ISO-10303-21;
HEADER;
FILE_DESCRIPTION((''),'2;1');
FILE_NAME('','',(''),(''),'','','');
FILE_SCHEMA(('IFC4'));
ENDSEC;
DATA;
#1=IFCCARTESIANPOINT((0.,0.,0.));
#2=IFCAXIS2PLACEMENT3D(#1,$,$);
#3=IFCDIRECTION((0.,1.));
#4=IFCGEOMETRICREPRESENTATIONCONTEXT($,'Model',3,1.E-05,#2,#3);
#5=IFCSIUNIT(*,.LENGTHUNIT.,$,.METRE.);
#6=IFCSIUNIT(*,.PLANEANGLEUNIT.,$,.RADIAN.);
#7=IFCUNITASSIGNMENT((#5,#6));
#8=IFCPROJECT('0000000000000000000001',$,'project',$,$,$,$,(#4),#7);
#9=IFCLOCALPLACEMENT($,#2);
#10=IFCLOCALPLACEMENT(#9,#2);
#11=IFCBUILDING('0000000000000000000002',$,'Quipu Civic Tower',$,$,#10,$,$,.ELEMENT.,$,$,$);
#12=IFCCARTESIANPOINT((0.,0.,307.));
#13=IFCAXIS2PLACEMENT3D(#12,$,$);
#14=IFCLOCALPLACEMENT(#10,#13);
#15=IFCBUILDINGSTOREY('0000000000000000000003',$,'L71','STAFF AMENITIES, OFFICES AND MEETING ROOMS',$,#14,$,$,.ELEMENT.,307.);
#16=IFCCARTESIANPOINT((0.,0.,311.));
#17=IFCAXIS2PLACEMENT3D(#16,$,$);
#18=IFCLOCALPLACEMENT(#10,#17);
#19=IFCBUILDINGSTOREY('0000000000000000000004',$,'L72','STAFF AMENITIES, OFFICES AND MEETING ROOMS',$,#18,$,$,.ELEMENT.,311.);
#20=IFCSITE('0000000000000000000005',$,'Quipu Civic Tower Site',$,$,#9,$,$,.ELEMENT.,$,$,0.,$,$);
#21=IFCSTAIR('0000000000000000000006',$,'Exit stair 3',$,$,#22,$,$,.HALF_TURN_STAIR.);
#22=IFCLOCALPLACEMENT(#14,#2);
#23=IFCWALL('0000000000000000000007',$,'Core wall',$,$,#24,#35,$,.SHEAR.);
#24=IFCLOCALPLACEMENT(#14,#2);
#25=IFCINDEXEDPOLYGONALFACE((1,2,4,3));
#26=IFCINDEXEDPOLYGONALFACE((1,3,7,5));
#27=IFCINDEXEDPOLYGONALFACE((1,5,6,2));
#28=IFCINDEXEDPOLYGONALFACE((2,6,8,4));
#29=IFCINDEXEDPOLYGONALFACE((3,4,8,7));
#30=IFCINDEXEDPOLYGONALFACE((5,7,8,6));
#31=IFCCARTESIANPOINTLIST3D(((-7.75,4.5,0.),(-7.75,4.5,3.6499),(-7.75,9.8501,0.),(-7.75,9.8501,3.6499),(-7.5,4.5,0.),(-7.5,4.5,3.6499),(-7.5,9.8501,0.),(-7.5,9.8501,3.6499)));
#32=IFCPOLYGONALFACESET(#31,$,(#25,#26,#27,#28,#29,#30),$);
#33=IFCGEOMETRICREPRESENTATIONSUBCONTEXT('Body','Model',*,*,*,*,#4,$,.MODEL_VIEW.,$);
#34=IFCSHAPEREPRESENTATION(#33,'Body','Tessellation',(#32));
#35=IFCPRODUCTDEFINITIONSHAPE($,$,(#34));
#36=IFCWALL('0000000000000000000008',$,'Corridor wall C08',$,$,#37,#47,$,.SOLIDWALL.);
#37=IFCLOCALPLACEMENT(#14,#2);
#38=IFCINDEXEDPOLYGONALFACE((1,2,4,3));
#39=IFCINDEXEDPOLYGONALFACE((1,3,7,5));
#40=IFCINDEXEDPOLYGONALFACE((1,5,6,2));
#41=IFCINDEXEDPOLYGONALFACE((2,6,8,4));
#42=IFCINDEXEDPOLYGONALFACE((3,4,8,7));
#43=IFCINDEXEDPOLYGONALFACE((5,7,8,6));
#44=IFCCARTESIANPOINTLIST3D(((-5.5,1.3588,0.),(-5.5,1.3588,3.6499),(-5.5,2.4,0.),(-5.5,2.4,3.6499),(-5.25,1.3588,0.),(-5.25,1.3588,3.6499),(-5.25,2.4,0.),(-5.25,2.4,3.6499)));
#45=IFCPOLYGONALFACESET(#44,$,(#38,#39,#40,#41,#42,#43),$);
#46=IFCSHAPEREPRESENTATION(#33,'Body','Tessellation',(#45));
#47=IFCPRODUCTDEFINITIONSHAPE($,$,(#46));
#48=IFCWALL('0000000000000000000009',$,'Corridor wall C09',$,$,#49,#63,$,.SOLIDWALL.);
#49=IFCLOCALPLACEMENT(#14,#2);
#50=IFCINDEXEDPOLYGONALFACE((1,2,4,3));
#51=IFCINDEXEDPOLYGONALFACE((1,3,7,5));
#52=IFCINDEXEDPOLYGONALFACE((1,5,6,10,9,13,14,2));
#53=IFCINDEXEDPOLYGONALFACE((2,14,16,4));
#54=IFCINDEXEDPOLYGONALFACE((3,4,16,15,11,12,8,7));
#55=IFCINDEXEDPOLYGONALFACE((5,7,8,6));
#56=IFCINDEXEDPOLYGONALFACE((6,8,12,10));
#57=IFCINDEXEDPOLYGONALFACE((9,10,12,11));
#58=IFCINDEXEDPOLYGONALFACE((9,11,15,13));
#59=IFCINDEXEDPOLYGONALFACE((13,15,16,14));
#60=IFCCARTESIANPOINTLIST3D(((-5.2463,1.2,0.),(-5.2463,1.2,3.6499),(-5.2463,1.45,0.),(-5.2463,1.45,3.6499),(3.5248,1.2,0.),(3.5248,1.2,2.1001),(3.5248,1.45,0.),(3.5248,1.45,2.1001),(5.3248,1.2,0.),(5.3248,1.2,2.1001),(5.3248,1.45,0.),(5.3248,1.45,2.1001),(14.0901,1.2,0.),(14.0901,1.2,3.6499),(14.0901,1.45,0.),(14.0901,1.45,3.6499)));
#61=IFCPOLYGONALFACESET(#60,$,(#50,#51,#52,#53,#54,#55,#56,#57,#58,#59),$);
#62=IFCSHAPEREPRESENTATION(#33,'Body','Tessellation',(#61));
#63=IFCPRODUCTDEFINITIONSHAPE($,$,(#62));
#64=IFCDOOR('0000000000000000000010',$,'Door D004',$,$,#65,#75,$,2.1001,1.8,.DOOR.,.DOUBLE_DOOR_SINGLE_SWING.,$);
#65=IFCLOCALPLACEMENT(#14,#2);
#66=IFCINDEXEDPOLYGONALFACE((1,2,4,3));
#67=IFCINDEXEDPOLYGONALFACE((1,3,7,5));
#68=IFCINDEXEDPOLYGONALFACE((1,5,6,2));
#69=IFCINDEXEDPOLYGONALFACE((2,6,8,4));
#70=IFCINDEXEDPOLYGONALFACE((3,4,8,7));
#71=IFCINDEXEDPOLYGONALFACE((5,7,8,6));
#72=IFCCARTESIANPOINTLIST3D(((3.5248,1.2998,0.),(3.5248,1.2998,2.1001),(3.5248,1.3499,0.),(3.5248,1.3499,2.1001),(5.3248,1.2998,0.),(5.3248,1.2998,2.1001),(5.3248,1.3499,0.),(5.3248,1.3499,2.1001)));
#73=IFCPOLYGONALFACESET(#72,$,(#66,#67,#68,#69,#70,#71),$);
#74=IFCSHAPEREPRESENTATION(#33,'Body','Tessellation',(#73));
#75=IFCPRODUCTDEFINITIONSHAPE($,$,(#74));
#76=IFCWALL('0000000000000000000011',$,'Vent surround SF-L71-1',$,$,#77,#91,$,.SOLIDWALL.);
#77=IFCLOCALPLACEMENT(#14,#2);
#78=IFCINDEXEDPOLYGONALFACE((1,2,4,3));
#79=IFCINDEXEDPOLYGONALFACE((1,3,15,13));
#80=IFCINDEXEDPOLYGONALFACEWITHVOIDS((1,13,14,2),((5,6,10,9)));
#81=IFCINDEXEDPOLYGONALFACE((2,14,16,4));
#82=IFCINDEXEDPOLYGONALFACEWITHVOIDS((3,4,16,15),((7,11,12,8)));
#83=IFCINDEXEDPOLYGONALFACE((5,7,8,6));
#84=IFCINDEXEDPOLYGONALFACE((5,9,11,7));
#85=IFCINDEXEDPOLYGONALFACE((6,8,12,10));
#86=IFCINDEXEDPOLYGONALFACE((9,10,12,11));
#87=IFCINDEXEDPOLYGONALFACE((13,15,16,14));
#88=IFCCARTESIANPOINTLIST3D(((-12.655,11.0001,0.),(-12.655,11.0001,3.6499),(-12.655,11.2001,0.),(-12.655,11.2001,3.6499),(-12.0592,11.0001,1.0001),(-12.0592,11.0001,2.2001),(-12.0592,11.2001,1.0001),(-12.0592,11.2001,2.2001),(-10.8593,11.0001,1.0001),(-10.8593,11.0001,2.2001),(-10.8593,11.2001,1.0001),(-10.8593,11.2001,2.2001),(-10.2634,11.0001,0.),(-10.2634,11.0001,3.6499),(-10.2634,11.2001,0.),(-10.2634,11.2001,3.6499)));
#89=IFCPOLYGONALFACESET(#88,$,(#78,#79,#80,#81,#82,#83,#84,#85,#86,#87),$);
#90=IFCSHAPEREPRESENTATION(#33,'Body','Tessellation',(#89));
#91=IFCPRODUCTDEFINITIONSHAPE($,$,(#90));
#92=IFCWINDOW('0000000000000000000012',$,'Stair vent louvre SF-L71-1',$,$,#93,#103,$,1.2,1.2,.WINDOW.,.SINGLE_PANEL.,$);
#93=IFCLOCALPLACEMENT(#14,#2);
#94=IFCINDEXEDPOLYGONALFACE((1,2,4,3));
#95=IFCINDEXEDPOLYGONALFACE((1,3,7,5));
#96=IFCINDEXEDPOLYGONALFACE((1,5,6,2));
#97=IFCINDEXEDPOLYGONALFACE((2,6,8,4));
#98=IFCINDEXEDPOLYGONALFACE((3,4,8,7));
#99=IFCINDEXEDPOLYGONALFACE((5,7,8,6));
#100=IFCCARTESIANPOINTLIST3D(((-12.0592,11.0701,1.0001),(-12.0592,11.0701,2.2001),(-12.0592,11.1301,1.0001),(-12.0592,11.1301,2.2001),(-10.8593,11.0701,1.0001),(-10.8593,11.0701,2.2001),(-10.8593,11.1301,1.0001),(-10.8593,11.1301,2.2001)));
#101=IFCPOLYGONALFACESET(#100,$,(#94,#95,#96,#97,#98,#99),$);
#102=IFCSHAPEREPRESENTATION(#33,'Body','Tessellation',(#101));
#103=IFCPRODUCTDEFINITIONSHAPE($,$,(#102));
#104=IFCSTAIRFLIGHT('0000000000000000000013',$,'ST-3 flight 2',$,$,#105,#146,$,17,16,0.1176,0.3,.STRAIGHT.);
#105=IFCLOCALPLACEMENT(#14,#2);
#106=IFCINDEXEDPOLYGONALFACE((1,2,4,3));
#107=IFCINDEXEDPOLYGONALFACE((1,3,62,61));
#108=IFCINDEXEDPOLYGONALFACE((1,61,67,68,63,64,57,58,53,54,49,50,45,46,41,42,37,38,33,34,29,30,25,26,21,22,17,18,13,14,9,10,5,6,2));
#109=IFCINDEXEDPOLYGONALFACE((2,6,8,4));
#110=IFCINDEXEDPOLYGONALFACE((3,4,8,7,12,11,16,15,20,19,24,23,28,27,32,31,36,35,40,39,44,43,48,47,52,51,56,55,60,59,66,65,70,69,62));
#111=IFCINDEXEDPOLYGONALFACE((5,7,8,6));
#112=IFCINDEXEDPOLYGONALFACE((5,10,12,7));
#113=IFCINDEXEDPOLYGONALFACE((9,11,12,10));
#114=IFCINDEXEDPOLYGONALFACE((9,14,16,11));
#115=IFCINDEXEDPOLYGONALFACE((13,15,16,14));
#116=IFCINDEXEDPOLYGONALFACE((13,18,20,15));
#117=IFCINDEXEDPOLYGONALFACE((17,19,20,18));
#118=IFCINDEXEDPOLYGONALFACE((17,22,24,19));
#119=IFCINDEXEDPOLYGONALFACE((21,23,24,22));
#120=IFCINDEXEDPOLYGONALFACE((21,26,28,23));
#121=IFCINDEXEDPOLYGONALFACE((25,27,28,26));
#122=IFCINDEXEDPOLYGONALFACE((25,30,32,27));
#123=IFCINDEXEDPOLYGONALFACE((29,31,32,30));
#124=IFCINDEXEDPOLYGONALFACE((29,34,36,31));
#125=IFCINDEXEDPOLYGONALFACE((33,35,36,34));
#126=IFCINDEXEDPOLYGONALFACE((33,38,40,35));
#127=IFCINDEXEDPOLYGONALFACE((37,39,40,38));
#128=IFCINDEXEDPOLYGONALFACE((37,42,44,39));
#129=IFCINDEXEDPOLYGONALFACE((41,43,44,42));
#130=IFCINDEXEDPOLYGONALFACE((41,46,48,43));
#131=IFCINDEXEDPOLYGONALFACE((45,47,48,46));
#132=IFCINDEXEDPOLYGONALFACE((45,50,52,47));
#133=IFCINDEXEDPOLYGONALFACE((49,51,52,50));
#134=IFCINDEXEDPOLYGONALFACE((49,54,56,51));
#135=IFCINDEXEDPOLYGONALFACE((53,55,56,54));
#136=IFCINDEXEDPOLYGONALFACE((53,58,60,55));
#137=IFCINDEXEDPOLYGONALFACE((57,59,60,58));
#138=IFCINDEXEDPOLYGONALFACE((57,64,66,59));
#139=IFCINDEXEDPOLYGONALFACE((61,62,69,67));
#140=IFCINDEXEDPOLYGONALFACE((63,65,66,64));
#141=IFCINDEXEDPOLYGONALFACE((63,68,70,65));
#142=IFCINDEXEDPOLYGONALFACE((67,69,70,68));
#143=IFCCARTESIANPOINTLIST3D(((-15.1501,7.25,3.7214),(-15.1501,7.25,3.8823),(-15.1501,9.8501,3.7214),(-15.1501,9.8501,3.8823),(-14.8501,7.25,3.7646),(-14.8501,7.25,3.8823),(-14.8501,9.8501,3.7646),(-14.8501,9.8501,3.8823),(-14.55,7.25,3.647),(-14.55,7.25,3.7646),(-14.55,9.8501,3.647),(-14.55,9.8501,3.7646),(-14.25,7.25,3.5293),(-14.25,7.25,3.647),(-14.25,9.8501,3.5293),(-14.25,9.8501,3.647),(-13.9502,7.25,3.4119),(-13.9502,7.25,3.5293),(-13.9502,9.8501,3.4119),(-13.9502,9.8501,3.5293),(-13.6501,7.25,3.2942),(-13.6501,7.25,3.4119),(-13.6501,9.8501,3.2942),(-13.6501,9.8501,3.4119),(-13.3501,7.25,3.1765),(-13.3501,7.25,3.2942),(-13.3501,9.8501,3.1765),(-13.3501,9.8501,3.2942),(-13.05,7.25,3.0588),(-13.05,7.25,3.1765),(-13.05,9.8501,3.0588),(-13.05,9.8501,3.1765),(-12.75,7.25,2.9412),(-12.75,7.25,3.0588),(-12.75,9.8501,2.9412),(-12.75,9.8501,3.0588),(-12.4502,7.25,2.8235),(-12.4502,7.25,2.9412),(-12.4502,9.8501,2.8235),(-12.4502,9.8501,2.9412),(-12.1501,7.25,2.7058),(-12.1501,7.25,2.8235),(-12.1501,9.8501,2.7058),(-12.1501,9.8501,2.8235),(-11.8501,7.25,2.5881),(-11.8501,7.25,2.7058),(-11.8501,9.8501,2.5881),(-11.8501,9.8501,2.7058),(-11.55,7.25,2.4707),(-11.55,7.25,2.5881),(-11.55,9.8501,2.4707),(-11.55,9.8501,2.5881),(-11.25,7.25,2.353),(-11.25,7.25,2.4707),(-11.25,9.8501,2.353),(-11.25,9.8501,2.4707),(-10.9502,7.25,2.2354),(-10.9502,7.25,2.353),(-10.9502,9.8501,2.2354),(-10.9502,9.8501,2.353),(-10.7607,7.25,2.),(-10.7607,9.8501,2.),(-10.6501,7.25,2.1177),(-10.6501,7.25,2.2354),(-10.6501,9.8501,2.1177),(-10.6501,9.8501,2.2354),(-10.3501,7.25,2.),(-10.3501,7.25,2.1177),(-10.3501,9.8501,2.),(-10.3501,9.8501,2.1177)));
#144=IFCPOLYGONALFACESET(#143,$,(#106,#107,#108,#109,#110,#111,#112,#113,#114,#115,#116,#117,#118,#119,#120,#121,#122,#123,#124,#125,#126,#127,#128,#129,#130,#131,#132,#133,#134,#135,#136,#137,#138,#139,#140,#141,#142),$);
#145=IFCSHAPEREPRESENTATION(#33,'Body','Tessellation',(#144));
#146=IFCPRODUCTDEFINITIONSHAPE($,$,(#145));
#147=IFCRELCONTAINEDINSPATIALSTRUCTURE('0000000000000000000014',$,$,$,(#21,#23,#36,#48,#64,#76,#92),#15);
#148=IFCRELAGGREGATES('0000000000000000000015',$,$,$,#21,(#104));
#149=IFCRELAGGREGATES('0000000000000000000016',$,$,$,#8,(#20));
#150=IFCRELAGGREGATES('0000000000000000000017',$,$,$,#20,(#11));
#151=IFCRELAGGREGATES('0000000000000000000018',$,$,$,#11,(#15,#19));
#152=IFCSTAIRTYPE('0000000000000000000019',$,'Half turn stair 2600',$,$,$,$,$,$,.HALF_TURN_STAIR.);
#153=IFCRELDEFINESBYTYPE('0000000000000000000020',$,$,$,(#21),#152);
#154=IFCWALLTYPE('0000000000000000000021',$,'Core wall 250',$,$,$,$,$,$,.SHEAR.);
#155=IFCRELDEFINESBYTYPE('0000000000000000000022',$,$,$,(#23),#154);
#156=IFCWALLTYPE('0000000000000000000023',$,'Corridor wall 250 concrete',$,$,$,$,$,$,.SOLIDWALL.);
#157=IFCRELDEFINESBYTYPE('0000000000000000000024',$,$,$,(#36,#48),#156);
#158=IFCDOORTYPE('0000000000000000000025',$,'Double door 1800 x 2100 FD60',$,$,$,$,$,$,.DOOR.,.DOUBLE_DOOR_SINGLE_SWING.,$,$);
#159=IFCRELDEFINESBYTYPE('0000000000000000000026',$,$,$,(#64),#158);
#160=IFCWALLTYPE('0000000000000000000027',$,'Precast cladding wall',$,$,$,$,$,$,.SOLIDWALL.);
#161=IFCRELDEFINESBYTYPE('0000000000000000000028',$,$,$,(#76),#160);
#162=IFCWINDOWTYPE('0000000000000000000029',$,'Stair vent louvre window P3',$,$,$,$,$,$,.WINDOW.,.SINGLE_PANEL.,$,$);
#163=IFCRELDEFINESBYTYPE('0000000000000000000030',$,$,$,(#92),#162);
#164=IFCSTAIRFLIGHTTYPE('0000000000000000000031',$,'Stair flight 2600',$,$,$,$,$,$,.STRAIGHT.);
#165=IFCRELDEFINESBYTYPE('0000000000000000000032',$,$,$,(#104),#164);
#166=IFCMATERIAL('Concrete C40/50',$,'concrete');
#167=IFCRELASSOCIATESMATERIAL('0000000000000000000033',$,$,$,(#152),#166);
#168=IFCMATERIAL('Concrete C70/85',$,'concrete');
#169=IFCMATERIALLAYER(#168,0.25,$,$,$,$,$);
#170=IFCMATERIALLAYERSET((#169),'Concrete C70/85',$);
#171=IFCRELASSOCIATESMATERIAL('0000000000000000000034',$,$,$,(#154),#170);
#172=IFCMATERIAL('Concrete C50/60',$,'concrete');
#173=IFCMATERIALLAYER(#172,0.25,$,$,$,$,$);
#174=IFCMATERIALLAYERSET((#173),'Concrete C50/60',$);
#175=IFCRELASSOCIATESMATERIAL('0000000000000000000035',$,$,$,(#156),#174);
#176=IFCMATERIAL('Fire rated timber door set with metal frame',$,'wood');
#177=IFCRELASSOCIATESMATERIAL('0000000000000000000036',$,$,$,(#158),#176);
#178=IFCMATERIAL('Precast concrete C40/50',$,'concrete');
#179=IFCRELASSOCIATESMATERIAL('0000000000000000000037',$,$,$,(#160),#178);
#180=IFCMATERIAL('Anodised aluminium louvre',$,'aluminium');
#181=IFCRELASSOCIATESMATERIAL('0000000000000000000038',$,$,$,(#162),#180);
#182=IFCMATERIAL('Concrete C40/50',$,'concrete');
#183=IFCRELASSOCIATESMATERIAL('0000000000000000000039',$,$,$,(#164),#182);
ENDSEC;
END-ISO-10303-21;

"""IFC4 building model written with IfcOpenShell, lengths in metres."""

from ifc_helpers import new_model, si_unit, direction, frame, frame_2d, origin, place, context, subcontext, project, spatial, polyline, rectangle, outline, extrude, material, layer, layer_set, type_object, element, fill, aggregate, save


model = new_model("IFC4")

# Units and contexts
model_context = context("Model", 3, precision=1e-05, world=origin(), true_north=direction((0.0, 1.0)))
body_context = subcontext(model_context, "Body", "Model", "MODEL_VIEW")
ifc_project = project(units=[si_unit("LENGTHUNIT", "METRE"), si_unit("PLANEANGLEUNIT", "RADIAN")], contexts=[model_context])

# Site, building, storey
site_placement = place(None, origin())
site = spatial("IfcSite", under=ifc_project, at=site_placement, Name="Quipu Civic Tower Site", CompositionType="ELEMENT", RefElevation=0.0)
building_placement = place(site_placement, origin())
building = spatial("IfcBuilding", under=site, at=building_placement, Name="Quipu Civic Tower", CompositionType="ELEMENT")
storey_1_placement = place(building_placement, frame((0.0, 0.0, 307.0)))
storey_1 = spatial("IfcBuildingStorey", under=building, at=storey_1_placement, Name="L71", Description="STAFF AMENITIES, OFFICES AND MEETING ROOMS", CompositionType="ELEMENT", Elevation=307.0)

# Shared definitions
storey_2_placement = place(building_placement, frame((0.0, 0.0, 311.0)))
storey_2 = spatial("IfcBuildingStorey", under=building, at=storey_2_placement, Name="L72", Description="STAFF AMENITIES, OFFICES AND MEETING ROOMS", CompositionType="ELEMENT", Elevation=311.0)

# Stair
ifc_material_1 = material(Name="Concrete C40/50", Category="concrete")
stair_type_1 = type_object("IfcStairType", Name="Half turn stair 2600", PredefinedType="HALF_TURN_STAIR", material=ifc_material_1)
stair_1_placement = place(storey_1_placement, origin())
stair_1 = element("IfcStair", 1, at=stair_1_placement, inside=storey_1, type_object=stair_type_1, Name="Exit stair 3", PredefinedType="HALF_TURN_STAIR")

# Walls
ifc_material_2 = material(Name="Concrete C70/85", Category="concrete")
ifc_layer_1 = layer(ifc_material_2, 0.25)
ifc_layer_set_1 = layer_set([ifc_layer_1], Name="Concrete C70/85")
wall_type_1 = type_object("IfcWallType", Name="Core wall 250", PredefinedType="SHEAR", material=ifc_layer_set_1)
wall_1_placement = place(storey_1_placement, frame((-7.625, 4.5, 0.0), z_axis=(0.0, 0.0, 1.0), x_axis=(0.0, 1.0, 0.0)))
element("IfcWall", 2, at=wall_1_placement, inside=storey_1, type_object=wall_type_1, Name="Core wall", PredefinedType="SHEAR", context=body_context, shape_type="SweptSolid", body=[
    extrude(rectangle(XDim=5.3501, YDim=0.25, at=frame_2d((2.675, 0.0))), origin(), (0.0, 0.0, 1.0), 3.6499),
])
ifc_material_3 = material(Name="Concrete C50/60", Category="concrete")
ifc_layer_2 = layer(ifc_material_3, 0.25)
ifc_layer_set_2 = layer_set([ifc_layer_2], Name="Concrete C50/60")
wall_type_2 = type_object("IfcWallType", Name="Corridor wall 250 concrete", PredefinedType="SOLIDWALL", material=ifc_layer_set_2)
wall_2_placement = place(storey_1_placement, frame((-5.375, 2.3999, 0.0), z_axis=(0.0, 0.0, 1.0), x_axis=(0.0, -1.0, 0.0)))
element("IfcWall", 3, at=wall_2_placement, inside=storey_1, type_object=wall_type_2, Name="Corridor wall C08", PredefinedType="SOLIDWALL", context=body_context, shape_type="SweptSolid", body=[
    extrude(rectangle(XDim=1.0413, YDim=0.25, at=frame_2d((0.5205, 0.0))), origin(), (0.0, 0.0, 1.0), 3.6499),
])

# Wall, opening, door
wall_3_placement = place(storey_1_placement, frame((-5.2463, 1.325, 0.0), z_axis=(0.0, 0.0, 1.0), x_axis=(1.0, 0.0, 0.0)))
wall_3 = element("IfcWall", 4, at=wall_3_placement, inside=storey_1, type_object=wall_type_2, Name="Corridor wall C09", PredefinedType="SOLIDWALL", context=body_context, shape_type="SweptSolid", body=[
    extrude(rectangle(XDim=19.3364, YDim=0.25, at=frame_2d((9.6682, 0.0))), origin(), (0.0, 0.0, 1.0), 3.6499),
])
opening_1_placement = place(wall_3_placement, frame((8.7712, 0.0, 0.0)))
opening_1 = element("IfcOpeningElement", 5, at=opening_1_placement, cuts=wall_3, PredefinedType="OPENING", context=body_context, shape_type="SweptSolid", body=[
    extrude(rectangle(XDim=1.8, YDim=2.1001, at=frame_2d((0.8999, 1.05))), frame((0.0, 0.135, 0.0), z_axis=(0.0, -1.0, 0.0), x_axis=(1.0, 0.0, 0.0)), (0.0, 0.0, 1.0), 0.27),
])
ifc_material_4 = material(Name="Fire rated timber door set with metal frame", Category="wood")
door_type = type_object("IfcDoorType", Name="Double door 1800 x 2100 FD60", OperationType="DOUBLE_DOOR_SINGLE_SWING", PredefinedType="DOOR", material=ifc_material_4)
door_placement = place(opening_1_placement, origin())
door = element("IfcDoor", 6, at=door_placement, inside=storey_1, type_object=door_type, Name="Door D004", OperationType="DOUBLE_DOOR_SINGLE_SWING", OverallHeight=2.1001, OverallWidth=1.8, PredefinedType="DOOR", context=body_context, shape_type="SweptSolid", body=[
    extrude(rectangle(XDim=1.8, YDim=2.1001, at=frame_2d((0.8999, 1.05))), frame((0.0, 0.0249, 0.0), z_axis=(0.0, -1.0, 0.0), x_axis=(1.0, 0.0, 0.0)), (0.0, 0.0, 1.0), 0.05),
])
fill(opening_1, door)

# Wall, opening, window
ifc_material_5 = material(Name="Precast concrete C40/50", Category="concrete")
wall_type_3 = type_object("IfcWallType", Name="Precast cladding wall", PredefinedType="SOLIDWALL", material=ifc_material_5)
wall_4_placement = place(storey_1_placement, frame((-10.2634, 11.1001, 0.0), z_axis=(0.0, 0.0, 1.0), x_axis=(-1.0, 0.0, 0.0)))
wall_4 = element("IfcWall", 7, at=wall_4_placement, inside=storey_1, type_object=wall_type_3, Name="Vent surround SF-L71-1", PredefinedType="SOLIDWALL", context=body_context, shape_type="SweptSolid", body=[
    extrude(rectangle(XDim=2.3916, YDim=0.2, at=frame_2d((1.1958, 0.0))), origin(), (0.0, 0.0, 1.0), 3.6499),
])
opening_2_placement = place(wall_4_placement, frame((0.5957, 0.0, 1.0)))
opening_2 = element("IfcOpeningElement", 8, at=opening_2_placement, cuts=wall_4, PredefinedType="OPENING", context=body_context, shape_type="SweptSolid", body=[
    extrude(rectangle(XDim=1.2, YDim=1.2, at=frame_2d((0.6001, 0.6001))), frame((0.0, 0.1099, 0.0), z_axis=(0.0, -1.0, 0.0), x_axis=(1.0, 0.0, 0.0)), (0.0, 0.0, 1.0), 0.22),
])
ifc_material_6 = material(Name="Anodised aluminium louvre", Category="aluminium")
window_type = type_object("IfcWindowType", Name="Stair vent louvre window P3", PartitioningType="SINGLE_PANEL", PredefinedType="WINDOW", material=ifc_material_6)
window_placement = place(opening_2_placement, origin())
window = element("IfcWindow", 9, at=window_placement, inside=storey_1, type_object=window_type, Name="Stair vent louvre SF-L71-1", OverallHeight=1.2, OverallWidth=1.2, PartitioningType="SINGLE_PANEL", PredefinedType="WINDOW", context=body_context, shape_type="SweptSolid", body=[
    extrude(rectangle(XDim=1.2, YDim=1.2, at=frame_2d((0.6001, 0.6001))), frame((0.0, 0.03, 0.0), z_axis=(0.0, -1.0, 0.0), x_axis=(1.0, 0.0, 0.0)), (0.0, 0.0, 1.0), 0.0601),
])
fill(opening_2, window)

# Stair flight
ifc_material_7 = material(Name="Concrete C40/50", Category="concrete")
stair_flight_type = type_object("IfcStairFlightType", Name="Stair flight 2600", PredefinedType="STRAIGHT", material=ifc_material_7)
stair_flight_placement = place(storey_1_placement, frame((-10.3501, 8.55, 2.0), z_axis=(0.0, 0.0, 1.0), x_axis=(-1.0, 0.0, 0.0)))
stair_flight = element("IfcStairFlight", 10, at=stair_flight_placement, type_object=stair_flight_type, Name="ST-3 flight 2", NumberOfRisers=17, NumberOfTreads=16, PredefinedType="STRAIGHT", RiserHeight=0.1176, TreadLength=0.3, context=body_context, shape_type="SweptSolid", body=[
    extrude(outline(polyline([(0.0, 0.0), (0.0, 0.1177), (0.3, 0.1177), (0.3, 0.2354), (0.6001, 0.2354), (0.6001, 0.353), (0.8999, 0.353), (0.8999, 0.4707), (1.2, 0.4707), (1.2, 0.5881), (1.5, 0.5881), (1.5, 0.7058), (1.8, 0.7058), (1.8, 0.8235), (2.1001, 0.8235), (2.1001, 0.9412), (2.3999, 0.9412), (2.3999, 1.0588), (2.7, 1.0588), (2.7, 1.1765), (3.0, 1.1765), (3.0, 1.2942), (3.3, 1.2942), (3.3, 1.4119), (3.6001, 1.4119), (3.6001, 1.5293), (3.8999, 1.5293), (3.8999, 1.647), (4.2, 1.647), (4.2, 1.7646), (4.5, 1.7646), (4.5, 1.8823), (4.8, 1.8823), (4.8, 2.0), (4.8, 1.7214), (0.4106, 0.0), (0.0, 0.0)])), frame((0.0, 1.3, 0.0), z_axis=(0.0, -1.0, 0.0), x_axis=(1.0, 0.0, 0.0)), (0.0, 0.0, 1.0), 2.6001),
])
aggregate(stair_1, [stair_flight])

save(model, "model.ifc")
